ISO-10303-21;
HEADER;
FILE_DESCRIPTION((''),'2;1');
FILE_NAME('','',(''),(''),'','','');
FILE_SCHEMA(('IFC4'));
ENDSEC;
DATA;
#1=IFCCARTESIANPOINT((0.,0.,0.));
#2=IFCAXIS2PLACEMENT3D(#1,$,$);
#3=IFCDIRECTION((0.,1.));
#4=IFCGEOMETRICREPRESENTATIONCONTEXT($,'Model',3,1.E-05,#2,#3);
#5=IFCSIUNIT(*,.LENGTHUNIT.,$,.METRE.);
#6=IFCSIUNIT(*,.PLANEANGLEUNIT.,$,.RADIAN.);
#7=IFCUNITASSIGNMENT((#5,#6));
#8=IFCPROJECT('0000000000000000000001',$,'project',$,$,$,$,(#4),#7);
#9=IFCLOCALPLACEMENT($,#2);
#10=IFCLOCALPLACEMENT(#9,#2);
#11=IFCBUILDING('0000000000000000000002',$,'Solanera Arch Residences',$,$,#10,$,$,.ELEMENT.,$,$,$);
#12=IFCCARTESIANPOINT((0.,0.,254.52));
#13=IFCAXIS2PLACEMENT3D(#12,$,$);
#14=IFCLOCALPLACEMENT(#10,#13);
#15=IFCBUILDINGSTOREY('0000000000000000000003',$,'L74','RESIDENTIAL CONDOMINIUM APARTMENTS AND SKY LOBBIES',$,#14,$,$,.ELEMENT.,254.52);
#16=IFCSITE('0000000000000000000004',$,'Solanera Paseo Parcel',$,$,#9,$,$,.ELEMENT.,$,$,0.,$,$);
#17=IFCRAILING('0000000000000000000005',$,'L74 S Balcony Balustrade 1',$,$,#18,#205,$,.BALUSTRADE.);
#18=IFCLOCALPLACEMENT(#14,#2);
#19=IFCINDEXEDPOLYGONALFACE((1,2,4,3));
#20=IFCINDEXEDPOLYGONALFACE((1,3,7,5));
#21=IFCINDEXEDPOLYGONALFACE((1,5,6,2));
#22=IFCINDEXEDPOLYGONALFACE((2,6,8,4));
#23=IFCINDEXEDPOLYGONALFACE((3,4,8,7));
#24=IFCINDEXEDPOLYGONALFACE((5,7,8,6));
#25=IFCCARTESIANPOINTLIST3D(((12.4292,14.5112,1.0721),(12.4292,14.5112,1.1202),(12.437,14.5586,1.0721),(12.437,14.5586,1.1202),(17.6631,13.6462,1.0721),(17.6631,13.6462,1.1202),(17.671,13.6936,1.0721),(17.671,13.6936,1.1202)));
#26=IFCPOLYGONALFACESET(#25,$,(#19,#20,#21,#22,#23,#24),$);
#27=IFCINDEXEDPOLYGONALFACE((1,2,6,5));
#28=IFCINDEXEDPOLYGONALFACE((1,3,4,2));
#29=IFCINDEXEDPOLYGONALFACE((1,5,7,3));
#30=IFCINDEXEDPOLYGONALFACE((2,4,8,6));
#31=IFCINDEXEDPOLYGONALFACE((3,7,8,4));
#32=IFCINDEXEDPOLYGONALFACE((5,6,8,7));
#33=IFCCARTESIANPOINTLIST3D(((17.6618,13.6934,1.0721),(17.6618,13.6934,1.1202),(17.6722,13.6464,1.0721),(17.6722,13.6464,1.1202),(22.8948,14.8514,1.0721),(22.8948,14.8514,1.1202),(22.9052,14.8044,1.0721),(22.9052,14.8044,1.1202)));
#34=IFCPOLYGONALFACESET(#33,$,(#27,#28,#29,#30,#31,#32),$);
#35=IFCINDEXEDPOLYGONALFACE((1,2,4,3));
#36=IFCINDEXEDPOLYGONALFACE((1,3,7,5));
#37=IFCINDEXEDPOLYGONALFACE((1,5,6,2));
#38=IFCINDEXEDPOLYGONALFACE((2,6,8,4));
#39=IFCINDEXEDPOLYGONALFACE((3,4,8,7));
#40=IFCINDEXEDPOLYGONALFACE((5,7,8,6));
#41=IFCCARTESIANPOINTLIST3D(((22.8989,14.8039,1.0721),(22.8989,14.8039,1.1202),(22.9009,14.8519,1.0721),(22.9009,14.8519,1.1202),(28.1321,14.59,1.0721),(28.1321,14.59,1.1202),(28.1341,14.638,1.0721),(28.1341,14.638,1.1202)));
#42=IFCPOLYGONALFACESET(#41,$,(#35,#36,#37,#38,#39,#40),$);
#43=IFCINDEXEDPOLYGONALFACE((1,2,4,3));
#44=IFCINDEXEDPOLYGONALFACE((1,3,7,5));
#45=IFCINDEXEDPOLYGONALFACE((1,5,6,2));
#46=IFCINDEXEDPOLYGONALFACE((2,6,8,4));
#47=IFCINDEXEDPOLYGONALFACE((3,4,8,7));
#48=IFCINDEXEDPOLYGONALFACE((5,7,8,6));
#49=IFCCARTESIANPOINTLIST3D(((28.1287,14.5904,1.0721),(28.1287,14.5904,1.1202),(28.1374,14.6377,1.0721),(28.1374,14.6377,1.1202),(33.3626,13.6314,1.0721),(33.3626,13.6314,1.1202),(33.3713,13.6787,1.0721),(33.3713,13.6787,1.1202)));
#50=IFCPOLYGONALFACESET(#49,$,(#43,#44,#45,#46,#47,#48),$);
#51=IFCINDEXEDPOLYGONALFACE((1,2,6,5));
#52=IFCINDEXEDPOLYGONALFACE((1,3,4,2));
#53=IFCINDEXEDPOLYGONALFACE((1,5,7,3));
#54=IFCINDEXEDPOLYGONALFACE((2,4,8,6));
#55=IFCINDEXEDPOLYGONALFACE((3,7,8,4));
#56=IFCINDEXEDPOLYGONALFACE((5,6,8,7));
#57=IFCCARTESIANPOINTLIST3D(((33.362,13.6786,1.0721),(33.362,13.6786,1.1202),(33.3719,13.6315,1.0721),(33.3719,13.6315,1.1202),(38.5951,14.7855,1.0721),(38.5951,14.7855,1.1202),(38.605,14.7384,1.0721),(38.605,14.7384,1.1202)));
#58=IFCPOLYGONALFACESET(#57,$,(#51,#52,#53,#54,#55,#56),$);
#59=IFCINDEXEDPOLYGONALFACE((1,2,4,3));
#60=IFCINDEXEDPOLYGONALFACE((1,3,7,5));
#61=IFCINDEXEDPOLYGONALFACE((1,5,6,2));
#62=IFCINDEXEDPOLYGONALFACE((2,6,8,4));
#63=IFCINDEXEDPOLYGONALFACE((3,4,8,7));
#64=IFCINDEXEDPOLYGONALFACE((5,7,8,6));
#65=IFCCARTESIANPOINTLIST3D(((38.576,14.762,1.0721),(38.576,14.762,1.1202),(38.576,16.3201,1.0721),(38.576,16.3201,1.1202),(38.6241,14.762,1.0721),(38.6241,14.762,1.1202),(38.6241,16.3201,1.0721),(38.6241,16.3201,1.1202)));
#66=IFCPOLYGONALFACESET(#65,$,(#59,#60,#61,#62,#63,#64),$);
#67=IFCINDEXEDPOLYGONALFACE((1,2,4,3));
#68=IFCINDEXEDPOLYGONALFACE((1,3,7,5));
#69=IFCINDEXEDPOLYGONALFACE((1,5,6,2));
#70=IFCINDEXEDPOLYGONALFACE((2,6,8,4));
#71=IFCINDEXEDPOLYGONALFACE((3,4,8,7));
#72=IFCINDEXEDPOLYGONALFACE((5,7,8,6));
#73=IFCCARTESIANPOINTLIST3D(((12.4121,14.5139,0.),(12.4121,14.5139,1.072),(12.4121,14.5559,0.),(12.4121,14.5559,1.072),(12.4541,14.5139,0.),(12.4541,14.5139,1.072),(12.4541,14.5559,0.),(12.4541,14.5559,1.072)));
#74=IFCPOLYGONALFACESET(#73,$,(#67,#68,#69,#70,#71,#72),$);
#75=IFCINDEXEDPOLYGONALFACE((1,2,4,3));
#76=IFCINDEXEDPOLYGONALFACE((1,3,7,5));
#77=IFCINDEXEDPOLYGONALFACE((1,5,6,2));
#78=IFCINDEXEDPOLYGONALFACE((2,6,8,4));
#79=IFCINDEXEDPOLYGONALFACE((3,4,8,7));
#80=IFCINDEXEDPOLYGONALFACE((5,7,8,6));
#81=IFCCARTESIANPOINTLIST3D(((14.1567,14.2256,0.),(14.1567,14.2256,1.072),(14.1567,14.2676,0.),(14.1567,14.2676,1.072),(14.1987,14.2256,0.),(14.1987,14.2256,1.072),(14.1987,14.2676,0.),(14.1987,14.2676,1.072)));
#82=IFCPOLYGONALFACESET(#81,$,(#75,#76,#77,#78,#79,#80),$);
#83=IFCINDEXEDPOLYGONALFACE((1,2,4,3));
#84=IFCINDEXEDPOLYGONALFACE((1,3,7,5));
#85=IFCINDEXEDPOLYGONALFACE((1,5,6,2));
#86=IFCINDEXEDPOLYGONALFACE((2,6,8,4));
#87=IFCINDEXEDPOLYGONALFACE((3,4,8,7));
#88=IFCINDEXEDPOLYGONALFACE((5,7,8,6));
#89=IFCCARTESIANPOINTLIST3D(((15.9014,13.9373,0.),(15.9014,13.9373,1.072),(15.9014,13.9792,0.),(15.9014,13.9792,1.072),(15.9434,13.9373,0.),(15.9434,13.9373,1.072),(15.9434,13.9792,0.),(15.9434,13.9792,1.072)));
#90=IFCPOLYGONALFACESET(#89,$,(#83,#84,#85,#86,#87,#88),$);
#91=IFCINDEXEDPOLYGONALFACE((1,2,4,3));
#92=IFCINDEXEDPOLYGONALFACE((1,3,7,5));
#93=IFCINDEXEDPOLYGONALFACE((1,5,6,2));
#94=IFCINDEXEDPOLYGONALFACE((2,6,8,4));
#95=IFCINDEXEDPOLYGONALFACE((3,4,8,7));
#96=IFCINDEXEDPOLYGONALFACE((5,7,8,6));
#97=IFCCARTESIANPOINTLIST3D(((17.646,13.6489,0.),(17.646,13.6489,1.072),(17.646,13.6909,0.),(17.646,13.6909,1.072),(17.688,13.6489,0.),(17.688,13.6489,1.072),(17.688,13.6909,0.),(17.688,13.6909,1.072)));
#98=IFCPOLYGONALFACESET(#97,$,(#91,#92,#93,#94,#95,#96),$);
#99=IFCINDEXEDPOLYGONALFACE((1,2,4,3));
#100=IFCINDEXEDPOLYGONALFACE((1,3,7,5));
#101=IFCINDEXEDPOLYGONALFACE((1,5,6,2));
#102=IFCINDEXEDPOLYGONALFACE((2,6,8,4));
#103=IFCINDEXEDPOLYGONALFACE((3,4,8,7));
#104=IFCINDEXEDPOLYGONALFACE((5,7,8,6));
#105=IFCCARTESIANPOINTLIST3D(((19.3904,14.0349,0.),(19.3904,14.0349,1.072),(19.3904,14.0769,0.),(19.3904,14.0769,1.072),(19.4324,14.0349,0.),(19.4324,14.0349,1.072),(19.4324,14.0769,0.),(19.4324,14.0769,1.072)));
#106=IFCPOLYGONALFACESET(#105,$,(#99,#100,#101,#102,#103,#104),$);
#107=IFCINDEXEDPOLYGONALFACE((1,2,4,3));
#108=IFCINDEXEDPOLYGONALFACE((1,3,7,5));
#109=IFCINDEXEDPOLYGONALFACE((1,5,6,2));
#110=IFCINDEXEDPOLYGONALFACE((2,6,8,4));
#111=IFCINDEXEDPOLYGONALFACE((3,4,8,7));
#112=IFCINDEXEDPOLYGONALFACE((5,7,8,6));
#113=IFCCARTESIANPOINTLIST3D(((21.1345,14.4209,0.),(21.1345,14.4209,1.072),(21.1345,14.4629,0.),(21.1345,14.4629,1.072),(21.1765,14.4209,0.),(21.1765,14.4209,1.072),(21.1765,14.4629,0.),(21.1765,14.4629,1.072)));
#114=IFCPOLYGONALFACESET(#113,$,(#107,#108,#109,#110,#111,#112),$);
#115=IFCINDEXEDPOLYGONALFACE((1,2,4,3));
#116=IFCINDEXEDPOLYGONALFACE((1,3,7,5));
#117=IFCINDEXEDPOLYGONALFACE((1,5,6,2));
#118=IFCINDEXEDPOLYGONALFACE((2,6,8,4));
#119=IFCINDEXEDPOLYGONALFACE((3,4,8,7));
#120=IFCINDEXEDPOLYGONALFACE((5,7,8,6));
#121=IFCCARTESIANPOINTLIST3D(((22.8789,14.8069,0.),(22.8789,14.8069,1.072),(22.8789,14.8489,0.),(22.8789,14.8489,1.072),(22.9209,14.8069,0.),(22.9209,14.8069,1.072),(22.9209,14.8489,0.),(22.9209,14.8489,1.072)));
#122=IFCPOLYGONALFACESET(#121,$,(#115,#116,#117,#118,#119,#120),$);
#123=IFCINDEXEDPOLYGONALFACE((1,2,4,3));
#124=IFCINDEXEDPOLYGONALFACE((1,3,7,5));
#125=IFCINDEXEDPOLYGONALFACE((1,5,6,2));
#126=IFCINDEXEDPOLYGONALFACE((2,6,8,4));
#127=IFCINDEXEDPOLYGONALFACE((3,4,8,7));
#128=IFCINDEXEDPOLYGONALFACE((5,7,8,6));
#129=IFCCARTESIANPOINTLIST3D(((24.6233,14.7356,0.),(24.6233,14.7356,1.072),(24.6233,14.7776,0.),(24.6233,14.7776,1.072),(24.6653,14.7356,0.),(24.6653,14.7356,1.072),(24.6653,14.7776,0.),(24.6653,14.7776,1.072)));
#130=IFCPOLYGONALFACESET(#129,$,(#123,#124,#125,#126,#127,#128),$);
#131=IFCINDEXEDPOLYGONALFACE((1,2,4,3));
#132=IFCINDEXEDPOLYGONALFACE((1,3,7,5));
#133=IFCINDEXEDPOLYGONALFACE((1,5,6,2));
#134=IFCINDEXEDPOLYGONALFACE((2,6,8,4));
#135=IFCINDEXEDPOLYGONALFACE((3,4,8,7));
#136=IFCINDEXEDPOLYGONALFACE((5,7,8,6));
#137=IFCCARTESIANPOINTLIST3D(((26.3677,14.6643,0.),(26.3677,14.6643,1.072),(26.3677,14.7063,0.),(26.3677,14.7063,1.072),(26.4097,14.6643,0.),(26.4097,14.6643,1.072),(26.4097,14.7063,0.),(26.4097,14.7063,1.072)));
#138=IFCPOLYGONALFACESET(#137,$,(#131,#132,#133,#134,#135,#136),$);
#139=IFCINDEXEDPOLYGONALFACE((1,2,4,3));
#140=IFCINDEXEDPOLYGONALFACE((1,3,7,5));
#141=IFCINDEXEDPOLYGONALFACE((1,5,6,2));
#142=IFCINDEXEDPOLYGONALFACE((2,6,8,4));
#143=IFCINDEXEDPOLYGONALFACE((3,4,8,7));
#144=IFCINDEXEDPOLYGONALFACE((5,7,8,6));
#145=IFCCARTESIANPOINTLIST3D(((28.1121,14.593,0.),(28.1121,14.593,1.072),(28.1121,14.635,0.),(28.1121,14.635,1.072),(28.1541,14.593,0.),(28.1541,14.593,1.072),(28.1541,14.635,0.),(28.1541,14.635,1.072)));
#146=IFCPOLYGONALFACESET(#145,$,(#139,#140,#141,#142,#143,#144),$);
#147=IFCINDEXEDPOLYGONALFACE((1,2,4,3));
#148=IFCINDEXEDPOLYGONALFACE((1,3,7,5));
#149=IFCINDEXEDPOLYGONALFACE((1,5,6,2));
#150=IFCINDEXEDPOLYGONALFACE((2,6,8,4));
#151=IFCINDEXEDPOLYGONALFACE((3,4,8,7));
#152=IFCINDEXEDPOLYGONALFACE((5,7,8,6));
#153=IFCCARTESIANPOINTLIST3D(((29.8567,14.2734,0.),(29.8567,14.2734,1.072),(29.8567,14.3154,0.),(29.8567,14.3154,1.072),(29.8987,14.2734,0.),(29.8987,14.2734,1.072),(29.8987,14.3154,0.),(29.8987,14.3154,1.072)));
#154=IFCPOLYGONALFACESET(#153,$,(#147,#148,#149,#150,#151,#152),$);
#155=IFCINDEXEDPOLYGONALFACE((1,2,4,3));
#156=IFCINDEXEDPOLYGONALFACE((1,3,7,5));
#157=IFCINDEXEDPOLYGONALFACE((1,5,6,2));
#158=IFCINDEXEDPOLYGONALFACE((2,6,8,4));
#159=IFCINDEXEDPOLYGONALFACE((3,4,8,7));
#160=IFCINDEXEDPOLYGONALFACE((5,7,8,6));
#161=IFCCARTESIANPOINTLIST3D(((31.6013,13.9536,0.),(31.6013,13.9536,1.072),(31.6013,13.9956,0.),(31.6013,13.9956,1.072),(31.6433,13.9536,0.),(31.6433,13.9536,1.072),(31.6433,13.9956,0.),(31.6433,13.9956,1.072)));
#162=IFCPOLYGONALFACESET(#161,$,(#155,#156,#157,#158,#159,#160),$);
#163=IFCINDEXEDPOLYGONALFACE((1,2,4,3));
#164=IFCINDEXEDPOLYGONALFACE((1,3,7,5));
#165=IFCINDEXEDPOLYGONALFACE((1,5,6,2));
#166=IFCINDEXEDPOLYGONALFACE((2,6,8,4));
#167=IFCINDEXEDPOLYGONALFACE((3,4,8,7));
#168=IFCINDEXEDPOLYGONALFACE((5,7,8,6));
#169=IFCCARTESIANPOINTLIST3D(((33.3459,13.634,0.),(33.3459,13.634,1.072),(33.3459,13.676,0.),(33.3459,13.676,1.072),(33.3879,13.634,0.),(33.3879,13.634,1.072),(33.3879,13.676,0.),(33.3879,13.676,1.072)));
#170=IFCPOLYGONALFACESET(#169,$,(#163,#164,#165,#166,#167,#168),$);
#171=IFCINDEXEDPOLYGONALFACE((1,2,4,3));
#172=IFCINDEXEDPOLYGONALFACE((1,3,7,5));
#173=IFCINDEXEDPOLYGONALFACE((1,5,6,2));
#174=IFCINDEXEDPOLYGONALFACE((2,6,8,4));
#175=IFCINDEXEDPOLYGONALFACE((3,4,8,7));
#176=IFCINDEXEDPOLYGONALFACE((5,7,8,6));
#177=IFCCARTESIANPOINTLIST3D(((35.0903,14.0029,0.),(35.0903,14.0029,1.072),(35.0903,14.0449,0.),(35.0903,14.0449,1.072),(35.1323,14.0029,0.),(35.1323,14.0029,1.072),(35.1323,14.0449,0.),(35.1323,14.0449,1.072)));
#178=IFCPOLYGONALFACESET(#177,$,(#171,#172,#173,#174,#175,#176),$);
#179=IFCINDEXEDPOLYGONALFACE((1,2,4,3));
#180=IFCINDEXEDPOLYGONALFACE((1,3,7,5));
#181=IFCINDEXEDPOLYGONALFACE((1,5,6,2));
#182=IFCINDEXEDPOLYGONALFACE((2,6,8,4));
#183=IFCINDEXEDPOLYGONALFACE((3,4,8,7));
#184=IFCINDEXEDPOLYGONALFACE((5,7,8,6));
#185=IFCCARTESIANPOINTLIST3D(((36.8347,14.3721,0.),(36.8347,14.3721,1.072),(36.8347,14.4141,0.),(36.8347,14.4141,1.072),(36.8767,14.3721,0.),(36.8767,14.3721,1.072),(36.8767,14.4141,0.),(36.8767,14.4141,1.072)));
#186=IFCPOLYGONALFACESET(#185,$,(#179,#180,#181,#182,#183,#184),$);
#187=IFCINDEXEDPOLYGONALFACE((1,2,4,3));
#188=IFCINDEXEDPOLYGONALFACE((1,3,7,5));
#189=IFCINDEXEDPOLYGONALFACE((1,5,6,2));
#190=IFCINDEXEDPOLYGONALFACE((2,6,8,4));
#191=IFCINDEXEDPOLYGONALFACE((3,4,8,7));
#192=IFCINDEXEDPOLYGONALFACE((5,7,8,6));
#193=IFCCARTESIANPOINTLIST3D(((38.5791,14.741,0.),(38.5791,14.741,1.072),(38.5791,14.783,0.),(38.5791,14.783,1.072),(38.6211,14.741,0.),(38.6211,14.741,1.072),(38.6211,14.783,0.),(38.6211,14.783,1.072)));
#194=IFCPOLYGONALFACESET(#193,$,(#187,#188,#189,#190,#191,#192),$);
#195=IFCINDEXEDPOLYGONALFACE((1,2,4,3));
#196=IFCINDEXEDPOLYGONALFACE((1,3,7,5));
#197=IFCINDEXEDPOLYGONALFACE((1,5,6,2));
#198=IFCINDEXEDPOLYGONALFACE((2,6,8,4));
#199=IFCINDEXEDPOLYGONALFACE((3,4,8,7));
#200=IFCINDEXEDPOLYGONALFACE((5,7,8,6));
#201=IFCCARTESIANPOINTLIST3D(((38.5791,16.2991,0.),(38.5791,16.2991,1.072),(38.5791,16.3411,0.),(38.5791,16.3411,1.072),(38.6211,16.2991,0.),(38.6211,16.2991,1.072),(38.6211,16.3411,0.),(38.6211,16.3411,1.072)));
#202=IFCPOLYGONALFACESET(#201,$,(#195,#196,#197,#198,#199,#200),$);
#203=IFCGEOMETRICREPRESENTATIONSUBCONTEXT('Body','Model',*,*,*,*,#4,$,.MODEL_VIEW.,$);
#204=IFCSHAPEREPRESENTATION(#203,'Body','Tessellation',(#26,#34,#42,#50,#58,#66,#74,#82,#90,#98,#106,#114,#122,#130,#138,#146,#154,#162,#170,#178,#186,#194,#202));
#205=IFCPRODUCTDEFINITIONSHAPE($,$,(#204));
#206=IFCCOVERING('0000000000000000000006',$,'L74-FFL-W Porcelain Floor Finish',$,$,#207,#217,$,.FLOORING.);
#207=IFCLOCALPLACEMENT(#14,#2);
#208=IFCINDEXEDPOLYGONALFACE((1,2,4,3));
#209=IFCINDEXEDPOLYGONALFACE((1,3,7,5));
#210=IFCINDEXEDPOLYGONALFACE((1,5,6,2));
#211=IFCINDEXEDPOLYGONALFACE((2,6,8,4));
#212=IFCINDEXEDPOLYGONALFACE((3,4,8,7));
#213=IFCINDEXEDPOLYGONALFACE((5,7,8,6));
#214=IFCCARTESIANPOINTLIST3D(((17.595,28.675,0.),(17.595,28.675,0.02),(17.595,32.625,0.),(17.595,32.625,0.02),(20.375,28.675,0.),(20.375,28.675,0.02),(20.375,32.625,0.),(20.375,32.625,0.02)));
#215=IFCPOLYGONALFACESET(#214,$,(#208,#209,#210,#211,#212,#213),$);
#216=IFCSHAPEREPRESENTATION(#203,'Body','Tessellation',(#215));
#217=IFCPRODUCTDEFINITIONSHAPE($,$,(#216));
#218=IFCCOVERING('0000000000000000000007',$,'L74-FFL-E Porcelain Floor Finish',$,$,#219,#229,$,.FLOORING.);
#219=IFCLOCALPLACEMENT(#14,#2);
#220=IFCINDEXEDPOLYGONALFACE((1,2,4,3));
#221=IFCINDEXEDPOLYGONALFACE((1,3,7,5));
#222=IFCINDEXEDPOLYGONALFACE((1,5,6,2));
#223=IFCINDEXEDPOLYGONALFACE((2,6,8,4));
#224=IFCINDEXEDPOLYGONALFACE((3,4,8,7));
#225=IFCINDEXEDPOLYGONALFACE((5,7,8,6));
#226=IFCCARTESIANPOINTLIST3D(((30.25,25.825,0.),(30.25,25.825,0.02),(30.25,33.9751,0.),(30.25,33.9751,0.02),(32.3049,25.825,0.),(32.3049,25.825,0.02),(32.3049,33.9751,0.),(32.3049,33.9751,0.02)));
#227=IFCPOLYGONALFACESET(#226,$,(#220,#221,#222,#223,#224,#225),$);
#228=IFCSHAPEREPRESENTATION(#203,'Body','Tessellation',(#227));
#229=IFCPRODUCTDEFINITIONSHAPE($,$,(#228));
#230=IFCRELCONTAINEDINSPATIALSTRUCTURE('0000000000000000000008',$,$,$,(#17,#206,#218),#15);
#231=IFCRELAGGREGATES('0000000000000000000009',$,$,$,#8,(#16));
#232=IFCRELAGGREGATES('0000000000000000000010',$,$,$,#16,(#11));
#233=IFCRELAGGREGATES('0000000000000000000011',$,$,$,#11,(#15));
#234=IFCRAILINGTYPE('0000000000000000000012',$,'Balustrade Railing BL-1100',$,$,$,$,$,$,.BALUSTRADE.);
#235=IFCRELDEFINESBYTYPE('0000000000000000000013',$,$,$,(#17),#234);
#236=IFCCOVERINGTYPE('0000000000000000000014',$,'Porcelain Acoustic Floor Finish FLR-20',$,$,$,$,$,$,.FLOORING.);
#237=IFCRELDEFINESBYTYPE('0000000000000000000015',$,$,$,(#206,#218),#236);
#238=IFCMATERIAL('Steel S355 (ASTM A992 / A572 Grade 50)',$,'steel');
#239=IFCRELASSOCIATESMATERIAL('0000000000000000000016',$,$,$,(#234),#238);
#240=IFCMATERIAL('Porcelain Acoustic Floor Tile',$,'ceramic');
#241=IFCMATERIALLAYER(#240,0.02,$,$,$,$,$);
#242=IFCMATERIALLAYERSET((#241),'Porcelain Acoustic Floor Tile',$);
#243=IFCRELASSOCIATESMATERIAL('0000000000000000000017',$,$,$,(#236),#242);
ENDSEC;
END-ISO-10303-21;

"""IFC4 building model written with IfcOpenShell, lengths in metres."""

from ifc_helpers import new_model, si_unit, direction, frame, origin, origin_2d, place, context, subcontext, project, spatial, polyline, rectangle, outline, extrude, material, layer, layer_set, type_object, element, save


model = new_model("IFC4")

# Units and contexts
model_context = context("Model", 3, precision=1e-05, world=origin(), true_north=direction((0.0, 1.0)))
body_context = subcontext(model_context, "Body", "Model", "MODEL_VIEW")
ifc_project = project(units=[si_unit("LENGTHUNIT", "METRE"), si_unit("PLANEANGLEUNIT", "RADIAN")], contexts=[model_context])

# Site, building, storey
site_placement = place(None, origin())
site = spatial("IfcSite", under=ifc_project, at=site_placement, Name="Solanera Paseo Parcel", CompositionType="ELEMENT", RefElevation=0.0)
building_placement = place(site_placement, origin())
building = spatial("IfcBuilding", under=site, at=building_placement, Name="Solanera Arch Residences", CompositionType="ELEMENT")
storey_placement = place(building_placement, frame((0.0, 0.0, 254.52)))
storey = spatial("IfcBuildingStorey", under=building, at=storey_placement, Name="L74", Description="RESIDENTIAL CONDOMINIUM APARTMENTS AND SKY LOBBIES", CompositionType="ELEMENT", Elevation=254.52)

# Railing
ifc_material_1 = material(Name="Steel S355 (ASTM A992 / A572 Grade 50)", Category="steel")
railing_type = type_object("IfcRailingType", Name="Balustrade Railing BL-1100", PredefinedType="BALUSTRADE", material=ifc_material_1)
railing_placement = place(storey_placement, frame((12.4331, 14.5349, 0.0)))
element("IfcRailing", 1, at=railing_placement, inside=storey, type_object=railing_type, Name="L74 S Balcony Balustrade 1", PredefinedType="BALUSTRADE", context=body_context, shape_type="SweptSolid", body=[
    extrude(rectangle(XDim=0.0481, YDim=0.0481, at=origin_2d()), frame((0.0, 0.0, 1.0962), z_axis=(0.986617, -0.163055, 0.0), x_axis=(0.163055, 0.986617, 0.0)), (0.0, 0.0, 1.0), 5.3049),
    extrude(rectangle(XDim=0.0481, YDim=0.0481, at=origin_2d()), frame((5.2339, -0.865, 1.0962), z_axis=(0.976381, 0.216057, 0.0), x_axis=(-0.216057, 0.976381, 0.0)), (0.0, 0.0, 1.0), 5.3596),
    extrude(rectangle(XDim=0.0481, YDim=0.0481, at=origin_2d()), frame((10.4668, 0.293, 1.0962), z_axis=(0.999166, -0.040834, 0.0), x_axis=(0.040834, 0.999166, 0.0)), (0.0, 0.0, 1.0), 5.2375),
    extrude(rectangle(XDim=0.0481, YDim=0.0481, at=origin_2d()), frame((15.7, 0.0791, 1.0962), z_axis=(0.983625, -0.180226, 0.0), x_axis=(0.180226, 0.983625, 0.0)), (0.0, 0.0, 1.0), 5.321),
    extrude(rectangle(XDim=0.0481, YDim=0.0481, at=origin_2d()), frame((20.9338, -0.8799, 1.0962), z_axis=(0.978353, 0.206944, 0.0), x_axis=(-0.206944, 0.978353, 0.0)), (0.0, 0.0, 1.0), 5.3489),
    extrude(rectangle(XDim=0.0481, YDim=0.0481, at=origin_2d()), frame((26.167, 0.2271, 1.0962), z_axis=(0.0, 1.0, 0.0), x_axis=(-1.0, 0.0, 0.0)), (0.0, 0.0, 1.0), 1.5581),
    extrude(rectangle(XDim=0.042, YDim=0.042, at=origin_2d()), origin(), (0.0, 0.0, 1.0), 1.072),
    extrude(rectangle(XDim=0.042, YDim=0.042, at=origin_2d()), frame((1.7446, -0.2883, 0.0)), (0.0, 0.0, 1.0), 1.072),
    extrude(rectangle(XDim=0.042, YDim=0.042, at=origin_2d()), frame((3.4893, -0.5767, 0.0)), (0.0, 0.0, 1.0), 1.072),
    extrude(rectangle(XDim=0.042, YDim=0.042, at=origin_2d()), frame((5.2339, -0.865, 0.0)), (0.0, 0.0, 1.0), 1.072),
    extrude(rectangle(XDim=0.042, YDim=0.042, at=origin_2d()), frame((6.9783, -0.479, 0.0)), (0.0, 0.0, 1.0), 1.072),
    extrude(rectangle(XDim=0.042, YDim=0.042, at=origin_2d()), frame((8.7224, -0.093, 0.0)), (0.0, 0.0, 1.0), 1.072),
    extrude(rectangle(XDim=0.042, YDim=0.042, at=origin_2d()), frame((10.4668, 0.293, 0.0)), (0.0, 0.0, 1.0), 1.072),
    extrude(rectangle(XDim=0.042, YDim=0.042, at=origin_2d()), frame((12.2112, 0.2217, 0.0)), (0.0, 0.0, 1.0), 1.072),
    extrude(rectangle(XDim=0.042, YDim=0.042, at=origin_2d()), frame((13.9556, 0.1504, 0.0)), (0.0, 0.0, 1.0), 1.072),
    extrude(rectangle(XDim=0.042, YDim=0.042, at=origin_2d()), frame((15.7, 0.0791, 0.0)), (0.0, 0.0, 1.0), 1.072),
    extrude(rectangle(XDim=0.042, YDim=0.042, at=origin_2d()), frame((17.4446, -0.2405, 0.0)), (0.0, 0.0, 1.0), 1.072),
    extrude(rectangle(XDim=0.042, YDim=0.042, at=origin_2d()), frame((19.1892, -0.5603, 0.0)), (0.0, 0.0, 1.0), 1.072),
    extrude(rectangle(XDim=0.042, YDim=0.042, at=origin_2d()), frame((20.9338, -0.8799, 0.0)), (0.0, 0.0, 1.0), 1.072),
    extrude(rectangle(XDim=0.042, YDim=0.042, at=origin_2d()), frame((22.6782, -0.511, 0.0)), (0.0, 0.0, 1.0), 1.072),
    extrude(rectangle(XDim=0.042, YDim=0.042, at=origin_2d()), frame((24.4226, -0.1418, 0.0)), (0.0, 0.0, 1.0), 1.072),
    extrude(rectangle(XDim=0.042, YDim=0.042, at=origin_2d()), frame((26.167, 0.2271, 0.0)), (0.0, 0.0, 1.0), 1.072),
    extrude(rectangle(XDim=0.042, YDim=0.042, at=origin_2d()), frame((26.167, 1.7852, 0.0)), (0.0, 0.0, 1.0), 1.072),
])

# Coverings
ifc_material_2 = material(Name="Porcelain Acoustic Floor Tile", Category="ceramic")
ifc_layer_1 = layer(ifc_material_2, 0.02)
ifc_layer_set_1 = layer_set([ifc_layer_1], Name="Porcelain Acoustic Floor Tile")
covering_type_1 = type_object("IfcCoveringType", Name="Porcelain Acoustic Floor Finish FLR-20", PredefinedType="FLOORING", material=ifc_layer_set_1)
covering_1_placement = place(storey_placement, origin())
element("IfcCovering", 2, at=covering_1_placement, inside=storey, type_object=covering_type_1, Name="L74-FFL-W Porcelain Floor Finish", PredefinedType="FLOORING", context=body_context, shape_type="SweptSolid", body=[
    extrude(outline(polyline([(20.375, 28.675), (17.595, 28.675), (17.595, 32.625), (20.375, 32.625), (20.375, 28.675)])), origin(), (0.0, 0.0, 1.0), 0.02),
])
covering_2_placement = place(storey_placement, origin())
element("IfcCovering", 3, at=covering_2_placement, inside=storey, type_object=covering_type_1, Name="L74-FFL-E Porcelain Floor Finish", PredefinedType="FLOORING", context=body_context, shape_type="SweptSolid", body=[
    extrude(outline(polyline([(32.3049, 25.825), (30.25, 25.825), (30.25, 33.9751), (32.3049, 33.9751), (32.3049, 25.825)])), origin(), (0.0, 0.0, 1.0), 0.02),
])

save(model, "model.ifc")
